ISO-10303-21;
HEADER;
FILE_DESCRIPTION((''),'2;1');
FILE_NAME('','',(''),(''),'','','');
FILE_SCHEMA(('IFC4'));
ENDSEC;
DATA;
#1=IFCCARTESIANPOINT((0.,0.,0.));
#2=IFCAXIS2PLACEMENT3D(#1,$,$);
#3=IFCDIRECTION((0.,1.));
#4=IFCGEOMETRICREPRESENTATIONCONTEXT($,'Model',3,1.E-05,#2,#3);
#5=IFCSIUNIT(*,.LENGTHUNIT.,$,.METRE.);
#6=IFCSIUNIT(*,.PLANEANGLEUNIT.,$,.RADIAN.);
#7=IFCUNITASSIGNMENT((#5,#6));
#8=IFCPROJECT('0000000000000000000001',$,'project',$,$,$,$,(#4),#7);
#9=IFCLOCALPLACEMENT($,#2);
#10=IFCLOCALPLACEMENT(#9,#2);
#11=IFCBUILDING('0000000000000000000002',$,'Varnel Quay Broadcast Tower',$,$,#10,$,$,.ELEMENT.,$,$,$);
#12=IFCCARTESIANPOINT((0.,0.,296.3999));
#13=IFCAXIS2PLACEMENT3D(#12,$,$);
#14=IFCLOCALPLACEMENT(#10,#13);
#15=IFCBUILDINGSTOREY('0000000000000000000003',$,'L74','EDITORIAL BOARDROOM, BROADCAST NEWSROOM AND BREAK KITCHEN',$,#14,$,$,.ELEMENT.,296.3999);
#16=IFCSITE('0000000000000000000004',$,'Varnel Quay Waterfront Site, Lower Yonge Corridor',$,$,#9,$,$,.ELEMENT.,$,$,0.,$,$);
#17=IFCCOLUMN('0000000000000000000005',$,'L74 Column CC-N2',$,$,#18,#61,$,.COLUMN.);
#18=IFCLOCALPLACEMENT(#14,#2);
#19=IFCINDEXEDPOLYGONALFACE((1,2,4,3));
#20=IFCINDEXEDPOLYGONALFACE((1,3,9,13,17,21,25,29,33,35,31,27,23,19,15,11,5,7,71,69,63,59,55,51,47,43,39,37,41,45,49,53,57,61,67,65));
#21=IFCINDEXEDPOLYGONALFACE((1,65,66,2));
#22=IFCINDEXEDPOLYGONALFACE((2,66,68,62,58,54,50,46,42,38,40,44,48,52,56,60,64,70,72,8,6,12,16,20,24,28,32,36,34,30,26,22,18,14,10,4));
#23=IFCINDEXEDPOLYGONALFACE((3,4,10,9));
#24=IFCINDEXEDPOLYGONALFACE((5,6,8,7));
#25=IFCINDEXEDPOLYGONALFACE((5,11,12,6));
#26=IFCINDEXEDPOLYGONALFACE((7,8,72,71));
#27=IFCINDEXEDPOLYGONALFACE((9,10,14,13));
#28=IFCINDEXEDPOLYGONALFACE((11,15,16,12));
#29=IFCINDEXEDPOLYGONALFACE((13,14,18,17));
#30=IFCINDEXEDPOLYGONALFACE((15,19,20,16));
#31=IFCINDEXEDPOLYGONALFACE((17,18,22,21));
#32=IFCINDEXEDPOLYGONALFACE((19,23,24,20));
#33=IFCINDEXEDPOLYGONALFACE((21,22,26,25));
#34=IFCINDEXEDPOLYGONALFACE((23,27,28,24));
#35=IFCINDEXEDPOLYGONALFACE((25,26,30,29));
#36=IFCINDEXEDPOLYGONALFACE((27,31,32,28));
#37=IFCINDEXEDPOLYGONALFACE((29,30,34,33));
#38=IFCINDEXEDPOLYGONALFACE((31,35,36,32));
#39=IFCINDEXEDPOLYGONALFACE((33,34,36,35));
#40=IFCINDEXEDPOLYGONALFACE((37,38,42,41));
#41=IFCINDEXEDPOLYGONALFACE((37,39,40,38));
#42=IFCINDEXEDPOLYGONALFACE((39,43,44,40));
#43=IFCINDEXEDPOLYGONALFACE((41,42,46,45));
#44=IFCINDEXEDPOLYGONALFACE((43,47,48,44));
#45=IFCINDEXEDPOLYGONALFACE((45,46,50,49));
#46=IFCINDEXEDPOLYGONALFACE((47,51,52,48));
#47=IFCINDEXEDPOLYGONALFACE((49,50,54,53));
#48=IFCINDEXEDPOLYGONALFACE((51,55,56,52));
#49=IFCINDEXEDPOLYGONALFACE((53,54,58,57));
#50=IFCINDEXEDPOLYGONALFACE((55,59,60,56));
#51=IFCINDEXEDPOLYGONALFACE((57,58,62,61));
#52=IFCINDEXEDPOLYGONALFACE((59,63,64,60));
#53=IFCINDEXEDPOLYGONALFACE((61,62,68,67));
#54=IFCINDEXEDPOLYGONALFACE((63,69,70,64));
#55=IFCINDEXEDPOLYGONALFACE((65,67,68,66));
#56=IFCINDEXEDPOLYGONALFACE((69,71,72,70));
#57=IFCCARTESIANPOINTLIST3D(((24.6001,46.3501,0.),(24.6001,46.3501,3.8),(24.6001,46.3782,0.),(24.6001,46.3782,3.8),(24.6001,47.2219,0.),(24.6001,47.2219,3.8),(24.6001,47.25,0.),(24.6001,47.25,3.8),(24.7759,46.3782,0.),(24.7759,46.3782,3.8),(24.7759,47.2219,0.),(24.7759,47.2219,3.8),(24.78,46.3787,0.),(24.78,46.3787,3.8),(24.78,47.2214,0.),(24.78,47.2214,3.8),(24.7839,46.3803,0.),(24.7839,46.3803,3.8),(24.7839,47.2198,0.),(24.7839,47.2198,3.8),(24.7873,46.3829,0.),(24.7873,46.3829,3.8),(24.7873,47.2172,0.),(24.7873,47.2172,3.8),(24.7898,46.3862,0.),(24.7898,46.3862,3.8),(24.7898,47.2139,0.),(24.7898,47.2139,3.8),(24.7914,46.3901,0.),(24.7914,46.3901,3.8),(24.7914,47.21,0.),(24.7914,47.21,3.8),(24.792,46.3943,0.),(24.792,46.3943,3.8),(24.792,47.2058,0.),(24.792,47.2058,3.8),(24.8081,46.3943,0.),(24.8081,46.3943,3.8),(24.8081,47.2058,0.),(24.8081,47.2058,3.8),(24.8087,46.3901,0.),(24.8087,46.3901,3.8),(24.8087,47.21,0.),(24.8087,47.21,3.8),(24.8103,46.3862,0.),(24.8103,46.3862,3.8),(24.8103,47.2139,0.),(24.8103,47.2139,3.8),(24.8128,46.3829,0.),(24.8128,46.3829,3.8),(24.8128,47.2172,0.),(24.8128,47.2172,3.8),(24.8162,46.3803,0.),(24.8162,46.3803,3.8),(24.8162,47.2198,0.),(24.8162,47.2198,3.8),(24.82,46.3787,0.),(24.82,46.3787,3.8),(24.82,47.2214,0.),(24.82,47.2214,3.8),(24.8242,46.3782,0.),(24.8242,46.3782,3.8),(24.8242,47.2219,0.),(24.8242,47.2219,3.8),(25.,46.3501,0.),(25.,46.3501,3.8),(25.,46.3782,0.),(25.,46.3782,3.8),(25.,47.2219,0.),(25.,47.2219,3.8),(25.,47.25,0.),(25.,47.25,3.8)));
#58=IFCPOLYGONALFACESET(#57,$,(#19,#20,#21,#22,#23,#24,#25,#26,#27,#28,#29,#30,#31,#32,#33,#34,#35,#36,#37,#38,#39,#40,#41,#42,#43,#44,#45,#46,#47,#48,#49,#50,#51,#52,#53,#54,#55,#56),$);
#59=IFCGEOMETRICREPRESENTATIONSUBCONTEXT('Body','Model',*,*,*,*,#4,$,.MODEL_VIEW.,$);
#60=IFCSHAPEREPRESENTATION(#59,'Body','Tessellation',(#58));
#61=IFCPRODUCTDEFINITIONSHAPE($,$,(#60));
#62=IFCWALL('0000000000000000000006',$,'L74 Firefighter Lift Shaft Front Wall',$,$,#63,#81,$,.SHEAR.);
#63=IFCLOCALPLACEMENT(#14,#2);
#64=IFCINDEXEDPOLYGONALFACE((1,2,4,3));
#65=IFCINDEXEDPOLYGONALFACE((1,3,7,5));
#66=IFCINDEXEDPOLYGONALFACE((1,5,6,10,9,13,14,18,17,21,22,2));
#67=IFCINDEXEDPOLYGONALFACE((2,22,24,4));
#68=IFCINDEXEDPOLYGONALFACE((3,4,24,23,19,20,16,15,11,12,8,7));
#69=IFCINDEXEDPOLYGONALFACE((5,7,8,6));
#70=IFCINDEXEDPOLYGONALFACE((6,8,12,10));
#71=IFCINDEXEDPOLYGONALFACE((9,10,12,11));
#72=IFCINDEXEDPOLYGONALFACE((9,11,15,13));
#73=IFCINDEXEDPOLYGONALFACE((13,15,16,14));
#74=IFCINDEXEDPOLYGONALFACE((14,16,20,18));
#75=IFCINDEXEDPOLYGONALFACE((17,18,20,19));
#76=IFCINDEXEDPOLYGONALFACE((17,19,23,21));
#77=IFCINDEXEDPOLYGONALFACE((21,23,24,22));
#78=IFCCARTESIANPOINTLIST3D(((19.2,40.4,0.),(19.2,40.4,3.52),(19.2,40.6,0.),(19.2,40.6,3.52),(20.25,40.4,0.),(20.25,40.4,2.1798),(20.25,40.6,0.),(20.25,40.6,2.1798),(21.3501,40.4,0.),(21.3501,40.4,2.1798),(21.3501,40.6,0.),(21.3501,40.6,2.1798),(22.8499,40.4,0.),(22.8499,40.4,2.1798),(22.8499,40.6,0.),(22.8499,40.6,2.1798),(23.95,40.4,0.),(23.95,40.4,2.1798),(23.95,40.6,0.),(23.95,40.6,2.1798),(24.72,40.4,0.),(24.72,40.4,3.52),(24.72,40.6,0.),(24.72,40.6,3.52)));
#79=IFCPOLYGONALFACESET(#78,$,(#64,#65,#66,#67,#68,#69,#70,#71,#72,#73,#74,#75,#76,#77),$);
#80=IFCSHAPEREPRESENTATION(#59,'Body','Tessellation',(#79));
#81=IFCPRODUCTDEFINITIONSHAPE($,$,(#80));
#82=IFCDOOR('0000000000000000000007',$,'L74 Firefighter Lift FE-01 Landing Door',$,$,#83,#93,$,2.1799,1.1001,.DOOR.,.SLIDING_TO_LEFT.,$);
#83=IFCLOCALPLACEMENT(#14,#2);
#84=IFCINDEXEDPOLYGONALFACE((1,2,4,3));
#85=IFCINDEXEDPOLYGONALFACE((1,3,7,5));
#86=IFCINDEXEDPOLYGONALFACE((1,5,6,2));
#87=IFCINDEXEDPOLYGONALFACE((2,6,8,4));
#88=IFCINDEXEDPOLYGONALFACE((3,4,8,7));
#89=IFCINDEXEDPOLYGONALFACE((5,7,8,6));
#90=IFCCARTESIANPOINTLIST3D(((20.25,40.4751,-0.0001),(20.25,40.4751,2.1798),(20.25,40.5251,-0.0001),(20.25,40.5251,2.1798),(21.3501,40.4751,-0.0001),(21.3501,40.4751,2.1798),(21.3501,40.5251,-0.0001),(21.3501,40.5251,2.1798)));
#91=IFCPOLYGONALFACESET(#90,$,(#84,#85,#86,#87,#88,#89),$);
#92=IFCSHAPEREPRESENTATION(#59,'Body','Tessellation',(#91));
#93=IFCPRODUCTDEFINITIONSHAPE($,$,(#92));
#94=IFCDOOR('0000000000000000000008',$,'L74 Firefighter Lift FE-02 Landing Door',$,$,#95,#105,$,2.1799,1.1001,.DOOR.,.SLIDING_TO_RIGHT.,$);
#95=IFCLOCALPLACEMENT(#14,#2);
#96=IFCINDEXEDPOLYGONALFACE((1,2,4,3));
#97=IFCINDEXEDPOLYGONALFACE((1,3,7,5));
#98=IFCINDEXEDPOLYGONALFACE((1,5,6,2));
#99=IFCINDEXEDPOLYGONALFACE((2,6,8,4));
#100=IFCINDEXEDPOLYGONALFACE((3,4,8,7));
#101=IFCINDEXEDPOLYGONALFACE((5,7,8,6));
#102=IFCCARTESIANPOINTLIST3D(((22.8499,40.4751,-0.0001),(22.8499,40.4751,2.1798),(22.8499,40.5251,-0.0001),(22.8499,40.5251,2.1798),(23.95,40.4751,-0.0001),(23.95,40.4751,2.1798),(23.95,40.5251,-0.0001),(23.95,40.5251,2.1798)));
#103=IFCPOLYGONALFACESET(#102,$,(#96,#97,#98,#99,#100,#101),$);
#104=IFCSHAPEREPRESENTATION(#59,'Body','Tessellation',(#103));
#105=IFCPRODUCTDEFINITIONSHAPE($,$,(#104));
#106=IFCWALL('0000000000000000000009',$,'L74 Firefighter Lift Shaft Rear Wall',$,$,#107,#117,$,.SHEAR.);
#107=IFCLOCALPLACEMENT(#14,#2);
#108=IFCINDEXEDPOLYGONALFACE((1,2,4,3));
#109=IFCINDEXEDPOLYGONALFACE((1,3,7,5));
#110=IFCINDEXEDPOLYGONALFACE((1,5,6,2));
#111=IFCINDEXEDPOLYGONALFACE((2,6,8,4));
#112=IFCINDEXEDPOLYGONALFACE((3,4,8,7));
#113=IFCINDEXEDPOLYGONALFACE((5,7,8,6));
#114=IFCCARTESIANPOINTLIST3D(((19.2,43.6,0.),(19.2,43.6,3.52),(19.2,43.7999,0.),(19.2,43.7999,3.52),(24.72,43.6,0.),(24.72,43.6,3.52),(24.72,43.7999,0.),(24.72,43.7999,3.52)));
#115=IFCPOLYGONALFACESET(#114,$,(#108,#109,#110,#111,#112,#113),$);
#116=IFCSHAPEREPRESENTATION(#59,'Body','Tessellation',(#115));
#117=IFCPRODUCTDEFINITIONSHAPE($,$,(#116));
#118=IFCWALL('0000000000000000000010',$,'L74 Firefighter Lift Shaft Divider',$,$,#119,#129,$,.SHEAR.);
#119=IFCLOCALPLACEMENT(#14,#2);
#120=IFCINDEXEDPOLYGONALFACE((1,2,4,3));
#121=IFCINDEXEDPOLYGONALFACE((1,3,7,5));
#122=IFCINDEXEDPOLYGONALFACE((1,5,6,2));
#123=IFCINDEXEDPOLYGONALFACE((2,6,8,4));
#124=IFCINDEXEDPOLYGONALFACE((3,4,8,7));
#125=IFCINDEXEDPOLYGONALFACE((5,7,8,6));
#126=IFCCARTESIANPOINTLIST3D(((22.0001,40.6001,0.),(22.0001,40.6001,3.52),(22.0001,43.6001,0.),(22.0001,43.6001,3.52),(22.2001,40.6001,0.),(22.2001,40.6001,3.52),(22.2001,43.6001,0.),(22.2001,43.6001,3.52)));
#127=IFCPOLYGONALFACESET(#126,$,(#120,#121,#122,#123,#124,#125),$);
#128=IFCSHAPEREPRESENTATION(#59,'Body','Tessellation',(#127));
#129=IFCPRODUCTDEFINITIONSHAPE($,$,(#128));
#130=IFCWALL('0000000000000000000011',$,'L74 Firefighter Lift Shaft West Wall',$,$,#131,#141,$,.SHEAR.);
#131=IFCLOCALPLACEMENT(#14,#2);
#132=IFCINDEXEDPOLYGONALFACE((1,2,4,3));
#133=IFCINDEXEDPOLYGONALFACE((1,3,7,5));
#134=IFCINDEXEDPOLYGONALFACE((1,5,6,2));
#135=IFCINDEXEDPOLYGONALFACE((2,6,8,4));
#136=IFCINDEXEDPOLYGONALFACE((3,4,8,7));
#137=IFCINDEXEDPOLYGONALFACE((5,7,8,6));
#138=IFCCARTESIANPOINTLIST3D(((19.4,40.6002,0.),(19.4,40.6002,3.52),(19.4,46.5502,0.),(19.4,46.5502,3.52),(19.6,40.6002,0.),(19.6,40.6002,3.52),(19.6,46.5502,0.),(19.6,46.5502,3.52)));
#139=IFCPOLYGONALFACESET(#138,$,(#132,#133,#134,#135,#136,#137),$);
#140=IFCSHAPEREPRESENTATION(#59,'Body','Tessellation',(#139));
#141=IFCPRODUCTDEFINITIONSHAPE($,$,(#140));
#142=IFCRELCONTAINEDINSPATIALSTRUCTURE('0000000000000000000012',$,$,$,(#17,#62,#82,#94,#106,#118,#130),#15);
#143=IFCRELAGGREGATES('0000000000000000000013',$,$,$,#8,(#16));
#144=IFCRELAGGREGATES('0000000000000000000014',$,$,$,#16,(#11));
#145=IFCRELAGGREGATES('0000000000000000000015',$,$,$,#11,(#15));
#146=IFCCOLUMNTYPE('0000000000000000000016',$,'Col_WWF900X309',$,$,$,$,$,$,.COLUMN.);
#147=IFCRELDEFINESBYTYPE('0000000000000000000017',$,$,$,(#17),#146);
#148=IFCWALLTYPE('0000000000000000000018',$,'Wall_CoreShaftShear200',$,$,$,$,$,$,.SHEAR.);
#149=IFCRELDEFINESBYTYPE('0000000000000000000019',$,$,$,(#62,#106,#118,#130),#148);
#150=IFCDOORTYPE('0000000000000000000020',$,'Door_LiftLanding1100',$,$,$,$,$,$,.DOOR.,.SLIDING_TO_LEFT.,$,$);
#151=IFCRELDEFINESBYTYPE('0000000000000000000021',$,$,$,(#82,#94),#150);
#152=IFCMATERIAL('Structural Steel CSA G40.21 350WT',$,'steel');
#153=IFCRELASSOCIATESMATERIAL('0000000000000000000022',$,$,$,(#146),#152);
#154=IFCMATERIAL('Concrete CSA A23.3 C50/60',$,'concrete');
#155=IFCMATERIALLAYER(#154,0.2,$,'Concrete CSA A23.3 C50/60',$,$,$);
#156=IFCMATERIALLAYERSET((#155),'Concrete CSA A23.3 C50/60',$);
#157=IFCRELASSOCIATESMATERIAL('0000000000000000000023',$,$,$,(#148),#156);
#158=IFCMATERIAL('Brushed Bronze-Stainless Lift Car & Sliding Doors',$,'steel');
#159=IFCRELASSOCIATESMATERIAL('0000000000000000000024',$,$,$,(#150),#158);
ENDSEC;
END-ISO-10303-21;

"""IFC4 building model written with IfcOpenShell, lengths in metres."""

from ifc_helpers import new_model, si_unit, direction, frame, frame_2d, origin, origin_2d, place, context, subcontext, project, spatial, rectangle, i_section, extrude, source, transform, mapped, material, layer, layer_set, material_profile, profile_set, type_object, type_shapes, element, fill, save


model = new_model("IFC4")

# Units and contexts
model_context = context("Model", 3, precision=1e-05, world=origin(), true_north=direction((0.0, 1.0)))
body_context = subcontext(model_context, "Body", "Model", "MODEL_VIEW")
ifc_project = project(units=[si_unit("LENGTHUNIT", "METRE"), si_unit("PLANEANGLEUNIT", "RADIAN")], contexts=[model_context])

# Site, building, storey
site_placement = place(None, origin())
site = spatial("IfcSite", under=ifc_project, at=site_placement, Name="Varnel Quay Waterfront Site, Lower Yonge Corridor", CompositionType="ELEMENT", RefElevation=0.0)
building_placement = place(site_placement, origin())
building = spatial("IfcBuilding", under=site, at=building_placement, Name="Varnel Quay Broadcast Tower", CompositionType="ELEMENT")
storey_placement = place(building_placement, frame((0.0, 0.0, 296.3999)))
storey = spatial("IfcBuildingStorey", under=building, at=storey_placement, Name="L74", Description="EDITORIAL BOARDROOM, BROADCAST NEWSROOM AND BREAK KITCHEN", CompositionType="ELEMENT", Elevation=296.3999)

# Column
ifc_material_1 = material(Name="Structural Steel CSA G40.21 350WT", Category="steel")
ifc_material_profile = material_profile(ifc_material_1, i_section(OverallWidth=0.3999, OverallDepth=0.8999, WebThickness=0.0161, FlangeThickness=0.0281, FilletRadius=0.0161, at=origin_2d()), Name="WWF900X309")
ifc_profile_set = profile_set([ifc_material_profile], Name="Structural Steel CSA G40.21 350WT")
column_type = type_object("IfcColumnType", Name="Col_WWF900X309", PredefinedType="COLUMN", material=ifc_profile_set)
shared_shape_1 = source(origin(), body_context, "Body", "SweptSolid", [
    extrude(i_section(OverallWidth=0.3999, OverallDepth=0.8999, WebThickness=0.0161, FlangeThickness=0.0281, FilletRadius=0.0161, at=origin_2d()), origin(), (0.0, 0.0, 1.0), 3.8),
])
type_shapes(column_type, [shared_shape_1])
column_placement = place(storey_placement, frame((24.8, 46.8, 0.0), z_axis=(0.0, 0.0, 1.0), x_axis=(1.0, 0.0, 0.0)))
element("IfcColumn", 1, at=column_placement, inside=storey, type_object=column_type, Name="L74 Column CC-N2", PredefinedType="COLUMN", context=body_context, shape_type="MappedRepresentation", body=[
    mapped(shared_shape_1, transform((0.0, 0.0, 0.0), x_axis=(1.0, 0.0, 0.0), y_axis=(0.0, 1.0, 0.0), z_axis=(0.0, 0.0, 1.0), scale=1.0)),
])

# Wall, openings, doors
ifc_material_2 = material(Name="Concrete CSA A23.3 C50/60", Category="concrete")
ifc_layer_1 = layer(ifc_material_2, 0.2, Name="Concrete CSA A23.3 C50/60")
ifc_layer_set_1 = layer_set([ifc_layer_1], Name="Concrete CSA A23.3 C50/60")
wall_type_1 = type_object("IfcWallType", Name="Wall_CoreShaftShear200", PredefinedType="SHEAR", material=ifc_layer_set_1)
wall_1_placement = place(storey_placement, frame((19.2, 40.5, 0.0), z_axis=(0.0, 0.0, 1.0), x_axis=(1.0, 0.0, 0.0)))
wall_1 = element("IfcWall", 2, at=wall_1_placement, inside=storey, type_object=wall_type_1, Name="L74 Firefighter Lift Shaft Front Wall", PredefinedType="SHEAR", context=body_context, shape_type="SweptSolid", body=[
    extrude(rectangle(XDim=5.52, YDim=0.2, at=frame_2d((2.76, 0.0))), origin(), (0.0, 0.0, 1.0), 3.52),
])
opening_1_placement = place(wall_1_placement, frame((1.05, 0.0, 0.0)))
opening_1 = element("IfcOpeningElement", 3, at=opening_1_placement, cuts=wall_1, PredefinedType="OPENING", context=body_context, shape_type="SweptSolid", body=[
    extrude(rectangle(XDim=1.1001, YDim=2.1799, at=frame_2d((0.55, 1.0898))), frame((0.0, 0.1099, 0.0), z_axis=(0.0, -1.0, 0.0), x_axis=(1.0, 0.0, 0.0)), (0.0, 0.0, 1.0), 0.22),
])
opening_2_placement = place(wall_1_placement, frame((3.6499, 0.0, 0.0)))
opening_2 = element("IfcOpeningElement", 4, at=opening_2_placement, cuts=wall_1, PredefinedType="OPENING", context=body_context, shape_type="SweptSolid", body=[
    extrude(rectangle(XDim=1.1001, YDim=2.1799, at=frame_2d((0.55, 1.0898))), frame((0.0, 0.1099, 0.0), z_axis=(0.0, -1.0, 0.0), x_axis=(1.0, 0.0, 0.0)), (0.0, 0.0, 1.0), 0.22),
])
ifc_material_3 = material(Name="Brushed Bronze-Stainless Lift Car & Sliding Doors", Category="steel")
door_type_1 = type_object("IfcDoorType", Name="Door_LiftLanding1100", OperationType="SLIDING_TO_LEFT", PredefinedType="DOOR", material=ifc_material_3)
shared_shape_2 = source(origin(), body_context, "Body", "SweptSolid", [
    extrude(rectangle(XDim=1.1001, YDim=2.1799, at=frame_2d((0.55, 1.0898))), frame((0.0, 0.0249, 0.0), z_axis=(0.0, -1.0, 0.0), x_axis=(1.0, 0.0, 0.0)), (0.0, 0.0, 1.0), 0.05),
])
type_shapes(door_type_1, [shared_shape_2])
door_1_placement = place(opening_1_placement, frame((1.1001, 0.0, 0.0), z_axis=(0.0, 0.0, 1.0), x_axis=(-1.0, 0.0, 0.0)))
door_1 = element("IfcDoor", 5, at=door_1_placement, inside=storey, type_object=door_type_1, Name="L74 Firefighter Lift FE-01 Landing Door", OperationType="SLIDING_TO_LEFT", OverallHeight=2.1799, OverallWidth=1.1001, PredefinedType="DOOR", context=body_context, shape_type="MappedRepresentation", body=[
    mapped(shared_shape_2, transform((0.0, 0.0, 0.0), x_axis=(1.0, 0.0, 0.0), y_axis=(0.0, 1.0, 0.0), z_axis=(0.0, 0.0, 1.0), scale=1.0)),
])
fill(opening_1, door_1)
door_2_placement = place(opening_2_placement, frame((1.1001, 0.0, 0.0), z_axis=(0.0, 0.0, 1.0), x_axis=(-1.0, 0.0, 0.0)))
door_2 = element("IfcDoor", 6, at=door_2_placement, inside=storey, type_object=door_type_1, Name="L74 Firefighter Lift FE-02 Landing Door", OperationType="SLIDING_TO_RIGHT", OverallHeight=2.1799, OverallWidth=1.1001, PredefinedType="DOOR", context=body_context, shape_type="MappedRepresentation", body=[
    mapped(shared_shape_2, transform((0.0, 0.0, 0.0), x_axis=(1.0, 0.0, 0.0), y_axis=(0.0, 1.0, 0.0), z_axis=(0.0, 0.0, 1.0), scale=1.0)),
])
fill(opening_2, door_2)

# Walls
wall_2_placement = place(storey_placement, frame((19.2, 43.7, 0.0), z_axis=(0.0, 0.0, 1.0), x_axis=(1.0, 0.0, 0.0)))
element("IfcWall", 7, at=wall_2_placement, inside=storey, type_object=wall_type_1, Name="L74 Firefighter Lift Shaft Rear Wall", PredefinedType="SHEAR", context=body_context, shape_type="SweptSolid", body=[
    extrude(rectangle(XDim=5.52, YDim=0.2, at=frame_2d((2.76, 0.0))), origin(), (0.0, 0.0, 1.0), 3.52),
])
wall_3_placement = place(storey_placement, frame((22.1001, 40.6001, 0.0), z_axis=(0.0, 0.0, 1.0), x_axis=(0.0, 1.0, 0.0)))
element("IfcWall", 8, at=wall_3_placement, inside=storey, type_object=wall_type_1, Name="L74 Firefighter Lift Shaft Divider", PredefinedType="SHEAR", context=body_context, shape_type="SweptSolid", body=[
    extrude(rectangle(XDim=3.0, YDim=0.2, at=frame_2d((1.5, 0.0))), origin(), (0.0, 0.0, 1.0), 3.52),
])
wall_4_placement = place(storey_placement, frame((19.5, 40.6001, 0.0), z_axis=(0.0, 0.0, 1.0), x_axis=(0.0, 1.0, 0.0)))
element("IfcWall", 9, at=wall_4_placement, inside=storey, type_object=wall_type_1, Name="L74 Firefighter Lift Shaft West Wall", PredefinedType="SHEAR", context=body_context, shape_type="SweptSolid", body=[
    extrude(rectangle(XDim=5.95, YDim=0.2, at=frame_2d((2.9751, 0.0))), origin(), (0.0, 0.0, 1.0), 3.52),
])

save(model, "model.ifc")
